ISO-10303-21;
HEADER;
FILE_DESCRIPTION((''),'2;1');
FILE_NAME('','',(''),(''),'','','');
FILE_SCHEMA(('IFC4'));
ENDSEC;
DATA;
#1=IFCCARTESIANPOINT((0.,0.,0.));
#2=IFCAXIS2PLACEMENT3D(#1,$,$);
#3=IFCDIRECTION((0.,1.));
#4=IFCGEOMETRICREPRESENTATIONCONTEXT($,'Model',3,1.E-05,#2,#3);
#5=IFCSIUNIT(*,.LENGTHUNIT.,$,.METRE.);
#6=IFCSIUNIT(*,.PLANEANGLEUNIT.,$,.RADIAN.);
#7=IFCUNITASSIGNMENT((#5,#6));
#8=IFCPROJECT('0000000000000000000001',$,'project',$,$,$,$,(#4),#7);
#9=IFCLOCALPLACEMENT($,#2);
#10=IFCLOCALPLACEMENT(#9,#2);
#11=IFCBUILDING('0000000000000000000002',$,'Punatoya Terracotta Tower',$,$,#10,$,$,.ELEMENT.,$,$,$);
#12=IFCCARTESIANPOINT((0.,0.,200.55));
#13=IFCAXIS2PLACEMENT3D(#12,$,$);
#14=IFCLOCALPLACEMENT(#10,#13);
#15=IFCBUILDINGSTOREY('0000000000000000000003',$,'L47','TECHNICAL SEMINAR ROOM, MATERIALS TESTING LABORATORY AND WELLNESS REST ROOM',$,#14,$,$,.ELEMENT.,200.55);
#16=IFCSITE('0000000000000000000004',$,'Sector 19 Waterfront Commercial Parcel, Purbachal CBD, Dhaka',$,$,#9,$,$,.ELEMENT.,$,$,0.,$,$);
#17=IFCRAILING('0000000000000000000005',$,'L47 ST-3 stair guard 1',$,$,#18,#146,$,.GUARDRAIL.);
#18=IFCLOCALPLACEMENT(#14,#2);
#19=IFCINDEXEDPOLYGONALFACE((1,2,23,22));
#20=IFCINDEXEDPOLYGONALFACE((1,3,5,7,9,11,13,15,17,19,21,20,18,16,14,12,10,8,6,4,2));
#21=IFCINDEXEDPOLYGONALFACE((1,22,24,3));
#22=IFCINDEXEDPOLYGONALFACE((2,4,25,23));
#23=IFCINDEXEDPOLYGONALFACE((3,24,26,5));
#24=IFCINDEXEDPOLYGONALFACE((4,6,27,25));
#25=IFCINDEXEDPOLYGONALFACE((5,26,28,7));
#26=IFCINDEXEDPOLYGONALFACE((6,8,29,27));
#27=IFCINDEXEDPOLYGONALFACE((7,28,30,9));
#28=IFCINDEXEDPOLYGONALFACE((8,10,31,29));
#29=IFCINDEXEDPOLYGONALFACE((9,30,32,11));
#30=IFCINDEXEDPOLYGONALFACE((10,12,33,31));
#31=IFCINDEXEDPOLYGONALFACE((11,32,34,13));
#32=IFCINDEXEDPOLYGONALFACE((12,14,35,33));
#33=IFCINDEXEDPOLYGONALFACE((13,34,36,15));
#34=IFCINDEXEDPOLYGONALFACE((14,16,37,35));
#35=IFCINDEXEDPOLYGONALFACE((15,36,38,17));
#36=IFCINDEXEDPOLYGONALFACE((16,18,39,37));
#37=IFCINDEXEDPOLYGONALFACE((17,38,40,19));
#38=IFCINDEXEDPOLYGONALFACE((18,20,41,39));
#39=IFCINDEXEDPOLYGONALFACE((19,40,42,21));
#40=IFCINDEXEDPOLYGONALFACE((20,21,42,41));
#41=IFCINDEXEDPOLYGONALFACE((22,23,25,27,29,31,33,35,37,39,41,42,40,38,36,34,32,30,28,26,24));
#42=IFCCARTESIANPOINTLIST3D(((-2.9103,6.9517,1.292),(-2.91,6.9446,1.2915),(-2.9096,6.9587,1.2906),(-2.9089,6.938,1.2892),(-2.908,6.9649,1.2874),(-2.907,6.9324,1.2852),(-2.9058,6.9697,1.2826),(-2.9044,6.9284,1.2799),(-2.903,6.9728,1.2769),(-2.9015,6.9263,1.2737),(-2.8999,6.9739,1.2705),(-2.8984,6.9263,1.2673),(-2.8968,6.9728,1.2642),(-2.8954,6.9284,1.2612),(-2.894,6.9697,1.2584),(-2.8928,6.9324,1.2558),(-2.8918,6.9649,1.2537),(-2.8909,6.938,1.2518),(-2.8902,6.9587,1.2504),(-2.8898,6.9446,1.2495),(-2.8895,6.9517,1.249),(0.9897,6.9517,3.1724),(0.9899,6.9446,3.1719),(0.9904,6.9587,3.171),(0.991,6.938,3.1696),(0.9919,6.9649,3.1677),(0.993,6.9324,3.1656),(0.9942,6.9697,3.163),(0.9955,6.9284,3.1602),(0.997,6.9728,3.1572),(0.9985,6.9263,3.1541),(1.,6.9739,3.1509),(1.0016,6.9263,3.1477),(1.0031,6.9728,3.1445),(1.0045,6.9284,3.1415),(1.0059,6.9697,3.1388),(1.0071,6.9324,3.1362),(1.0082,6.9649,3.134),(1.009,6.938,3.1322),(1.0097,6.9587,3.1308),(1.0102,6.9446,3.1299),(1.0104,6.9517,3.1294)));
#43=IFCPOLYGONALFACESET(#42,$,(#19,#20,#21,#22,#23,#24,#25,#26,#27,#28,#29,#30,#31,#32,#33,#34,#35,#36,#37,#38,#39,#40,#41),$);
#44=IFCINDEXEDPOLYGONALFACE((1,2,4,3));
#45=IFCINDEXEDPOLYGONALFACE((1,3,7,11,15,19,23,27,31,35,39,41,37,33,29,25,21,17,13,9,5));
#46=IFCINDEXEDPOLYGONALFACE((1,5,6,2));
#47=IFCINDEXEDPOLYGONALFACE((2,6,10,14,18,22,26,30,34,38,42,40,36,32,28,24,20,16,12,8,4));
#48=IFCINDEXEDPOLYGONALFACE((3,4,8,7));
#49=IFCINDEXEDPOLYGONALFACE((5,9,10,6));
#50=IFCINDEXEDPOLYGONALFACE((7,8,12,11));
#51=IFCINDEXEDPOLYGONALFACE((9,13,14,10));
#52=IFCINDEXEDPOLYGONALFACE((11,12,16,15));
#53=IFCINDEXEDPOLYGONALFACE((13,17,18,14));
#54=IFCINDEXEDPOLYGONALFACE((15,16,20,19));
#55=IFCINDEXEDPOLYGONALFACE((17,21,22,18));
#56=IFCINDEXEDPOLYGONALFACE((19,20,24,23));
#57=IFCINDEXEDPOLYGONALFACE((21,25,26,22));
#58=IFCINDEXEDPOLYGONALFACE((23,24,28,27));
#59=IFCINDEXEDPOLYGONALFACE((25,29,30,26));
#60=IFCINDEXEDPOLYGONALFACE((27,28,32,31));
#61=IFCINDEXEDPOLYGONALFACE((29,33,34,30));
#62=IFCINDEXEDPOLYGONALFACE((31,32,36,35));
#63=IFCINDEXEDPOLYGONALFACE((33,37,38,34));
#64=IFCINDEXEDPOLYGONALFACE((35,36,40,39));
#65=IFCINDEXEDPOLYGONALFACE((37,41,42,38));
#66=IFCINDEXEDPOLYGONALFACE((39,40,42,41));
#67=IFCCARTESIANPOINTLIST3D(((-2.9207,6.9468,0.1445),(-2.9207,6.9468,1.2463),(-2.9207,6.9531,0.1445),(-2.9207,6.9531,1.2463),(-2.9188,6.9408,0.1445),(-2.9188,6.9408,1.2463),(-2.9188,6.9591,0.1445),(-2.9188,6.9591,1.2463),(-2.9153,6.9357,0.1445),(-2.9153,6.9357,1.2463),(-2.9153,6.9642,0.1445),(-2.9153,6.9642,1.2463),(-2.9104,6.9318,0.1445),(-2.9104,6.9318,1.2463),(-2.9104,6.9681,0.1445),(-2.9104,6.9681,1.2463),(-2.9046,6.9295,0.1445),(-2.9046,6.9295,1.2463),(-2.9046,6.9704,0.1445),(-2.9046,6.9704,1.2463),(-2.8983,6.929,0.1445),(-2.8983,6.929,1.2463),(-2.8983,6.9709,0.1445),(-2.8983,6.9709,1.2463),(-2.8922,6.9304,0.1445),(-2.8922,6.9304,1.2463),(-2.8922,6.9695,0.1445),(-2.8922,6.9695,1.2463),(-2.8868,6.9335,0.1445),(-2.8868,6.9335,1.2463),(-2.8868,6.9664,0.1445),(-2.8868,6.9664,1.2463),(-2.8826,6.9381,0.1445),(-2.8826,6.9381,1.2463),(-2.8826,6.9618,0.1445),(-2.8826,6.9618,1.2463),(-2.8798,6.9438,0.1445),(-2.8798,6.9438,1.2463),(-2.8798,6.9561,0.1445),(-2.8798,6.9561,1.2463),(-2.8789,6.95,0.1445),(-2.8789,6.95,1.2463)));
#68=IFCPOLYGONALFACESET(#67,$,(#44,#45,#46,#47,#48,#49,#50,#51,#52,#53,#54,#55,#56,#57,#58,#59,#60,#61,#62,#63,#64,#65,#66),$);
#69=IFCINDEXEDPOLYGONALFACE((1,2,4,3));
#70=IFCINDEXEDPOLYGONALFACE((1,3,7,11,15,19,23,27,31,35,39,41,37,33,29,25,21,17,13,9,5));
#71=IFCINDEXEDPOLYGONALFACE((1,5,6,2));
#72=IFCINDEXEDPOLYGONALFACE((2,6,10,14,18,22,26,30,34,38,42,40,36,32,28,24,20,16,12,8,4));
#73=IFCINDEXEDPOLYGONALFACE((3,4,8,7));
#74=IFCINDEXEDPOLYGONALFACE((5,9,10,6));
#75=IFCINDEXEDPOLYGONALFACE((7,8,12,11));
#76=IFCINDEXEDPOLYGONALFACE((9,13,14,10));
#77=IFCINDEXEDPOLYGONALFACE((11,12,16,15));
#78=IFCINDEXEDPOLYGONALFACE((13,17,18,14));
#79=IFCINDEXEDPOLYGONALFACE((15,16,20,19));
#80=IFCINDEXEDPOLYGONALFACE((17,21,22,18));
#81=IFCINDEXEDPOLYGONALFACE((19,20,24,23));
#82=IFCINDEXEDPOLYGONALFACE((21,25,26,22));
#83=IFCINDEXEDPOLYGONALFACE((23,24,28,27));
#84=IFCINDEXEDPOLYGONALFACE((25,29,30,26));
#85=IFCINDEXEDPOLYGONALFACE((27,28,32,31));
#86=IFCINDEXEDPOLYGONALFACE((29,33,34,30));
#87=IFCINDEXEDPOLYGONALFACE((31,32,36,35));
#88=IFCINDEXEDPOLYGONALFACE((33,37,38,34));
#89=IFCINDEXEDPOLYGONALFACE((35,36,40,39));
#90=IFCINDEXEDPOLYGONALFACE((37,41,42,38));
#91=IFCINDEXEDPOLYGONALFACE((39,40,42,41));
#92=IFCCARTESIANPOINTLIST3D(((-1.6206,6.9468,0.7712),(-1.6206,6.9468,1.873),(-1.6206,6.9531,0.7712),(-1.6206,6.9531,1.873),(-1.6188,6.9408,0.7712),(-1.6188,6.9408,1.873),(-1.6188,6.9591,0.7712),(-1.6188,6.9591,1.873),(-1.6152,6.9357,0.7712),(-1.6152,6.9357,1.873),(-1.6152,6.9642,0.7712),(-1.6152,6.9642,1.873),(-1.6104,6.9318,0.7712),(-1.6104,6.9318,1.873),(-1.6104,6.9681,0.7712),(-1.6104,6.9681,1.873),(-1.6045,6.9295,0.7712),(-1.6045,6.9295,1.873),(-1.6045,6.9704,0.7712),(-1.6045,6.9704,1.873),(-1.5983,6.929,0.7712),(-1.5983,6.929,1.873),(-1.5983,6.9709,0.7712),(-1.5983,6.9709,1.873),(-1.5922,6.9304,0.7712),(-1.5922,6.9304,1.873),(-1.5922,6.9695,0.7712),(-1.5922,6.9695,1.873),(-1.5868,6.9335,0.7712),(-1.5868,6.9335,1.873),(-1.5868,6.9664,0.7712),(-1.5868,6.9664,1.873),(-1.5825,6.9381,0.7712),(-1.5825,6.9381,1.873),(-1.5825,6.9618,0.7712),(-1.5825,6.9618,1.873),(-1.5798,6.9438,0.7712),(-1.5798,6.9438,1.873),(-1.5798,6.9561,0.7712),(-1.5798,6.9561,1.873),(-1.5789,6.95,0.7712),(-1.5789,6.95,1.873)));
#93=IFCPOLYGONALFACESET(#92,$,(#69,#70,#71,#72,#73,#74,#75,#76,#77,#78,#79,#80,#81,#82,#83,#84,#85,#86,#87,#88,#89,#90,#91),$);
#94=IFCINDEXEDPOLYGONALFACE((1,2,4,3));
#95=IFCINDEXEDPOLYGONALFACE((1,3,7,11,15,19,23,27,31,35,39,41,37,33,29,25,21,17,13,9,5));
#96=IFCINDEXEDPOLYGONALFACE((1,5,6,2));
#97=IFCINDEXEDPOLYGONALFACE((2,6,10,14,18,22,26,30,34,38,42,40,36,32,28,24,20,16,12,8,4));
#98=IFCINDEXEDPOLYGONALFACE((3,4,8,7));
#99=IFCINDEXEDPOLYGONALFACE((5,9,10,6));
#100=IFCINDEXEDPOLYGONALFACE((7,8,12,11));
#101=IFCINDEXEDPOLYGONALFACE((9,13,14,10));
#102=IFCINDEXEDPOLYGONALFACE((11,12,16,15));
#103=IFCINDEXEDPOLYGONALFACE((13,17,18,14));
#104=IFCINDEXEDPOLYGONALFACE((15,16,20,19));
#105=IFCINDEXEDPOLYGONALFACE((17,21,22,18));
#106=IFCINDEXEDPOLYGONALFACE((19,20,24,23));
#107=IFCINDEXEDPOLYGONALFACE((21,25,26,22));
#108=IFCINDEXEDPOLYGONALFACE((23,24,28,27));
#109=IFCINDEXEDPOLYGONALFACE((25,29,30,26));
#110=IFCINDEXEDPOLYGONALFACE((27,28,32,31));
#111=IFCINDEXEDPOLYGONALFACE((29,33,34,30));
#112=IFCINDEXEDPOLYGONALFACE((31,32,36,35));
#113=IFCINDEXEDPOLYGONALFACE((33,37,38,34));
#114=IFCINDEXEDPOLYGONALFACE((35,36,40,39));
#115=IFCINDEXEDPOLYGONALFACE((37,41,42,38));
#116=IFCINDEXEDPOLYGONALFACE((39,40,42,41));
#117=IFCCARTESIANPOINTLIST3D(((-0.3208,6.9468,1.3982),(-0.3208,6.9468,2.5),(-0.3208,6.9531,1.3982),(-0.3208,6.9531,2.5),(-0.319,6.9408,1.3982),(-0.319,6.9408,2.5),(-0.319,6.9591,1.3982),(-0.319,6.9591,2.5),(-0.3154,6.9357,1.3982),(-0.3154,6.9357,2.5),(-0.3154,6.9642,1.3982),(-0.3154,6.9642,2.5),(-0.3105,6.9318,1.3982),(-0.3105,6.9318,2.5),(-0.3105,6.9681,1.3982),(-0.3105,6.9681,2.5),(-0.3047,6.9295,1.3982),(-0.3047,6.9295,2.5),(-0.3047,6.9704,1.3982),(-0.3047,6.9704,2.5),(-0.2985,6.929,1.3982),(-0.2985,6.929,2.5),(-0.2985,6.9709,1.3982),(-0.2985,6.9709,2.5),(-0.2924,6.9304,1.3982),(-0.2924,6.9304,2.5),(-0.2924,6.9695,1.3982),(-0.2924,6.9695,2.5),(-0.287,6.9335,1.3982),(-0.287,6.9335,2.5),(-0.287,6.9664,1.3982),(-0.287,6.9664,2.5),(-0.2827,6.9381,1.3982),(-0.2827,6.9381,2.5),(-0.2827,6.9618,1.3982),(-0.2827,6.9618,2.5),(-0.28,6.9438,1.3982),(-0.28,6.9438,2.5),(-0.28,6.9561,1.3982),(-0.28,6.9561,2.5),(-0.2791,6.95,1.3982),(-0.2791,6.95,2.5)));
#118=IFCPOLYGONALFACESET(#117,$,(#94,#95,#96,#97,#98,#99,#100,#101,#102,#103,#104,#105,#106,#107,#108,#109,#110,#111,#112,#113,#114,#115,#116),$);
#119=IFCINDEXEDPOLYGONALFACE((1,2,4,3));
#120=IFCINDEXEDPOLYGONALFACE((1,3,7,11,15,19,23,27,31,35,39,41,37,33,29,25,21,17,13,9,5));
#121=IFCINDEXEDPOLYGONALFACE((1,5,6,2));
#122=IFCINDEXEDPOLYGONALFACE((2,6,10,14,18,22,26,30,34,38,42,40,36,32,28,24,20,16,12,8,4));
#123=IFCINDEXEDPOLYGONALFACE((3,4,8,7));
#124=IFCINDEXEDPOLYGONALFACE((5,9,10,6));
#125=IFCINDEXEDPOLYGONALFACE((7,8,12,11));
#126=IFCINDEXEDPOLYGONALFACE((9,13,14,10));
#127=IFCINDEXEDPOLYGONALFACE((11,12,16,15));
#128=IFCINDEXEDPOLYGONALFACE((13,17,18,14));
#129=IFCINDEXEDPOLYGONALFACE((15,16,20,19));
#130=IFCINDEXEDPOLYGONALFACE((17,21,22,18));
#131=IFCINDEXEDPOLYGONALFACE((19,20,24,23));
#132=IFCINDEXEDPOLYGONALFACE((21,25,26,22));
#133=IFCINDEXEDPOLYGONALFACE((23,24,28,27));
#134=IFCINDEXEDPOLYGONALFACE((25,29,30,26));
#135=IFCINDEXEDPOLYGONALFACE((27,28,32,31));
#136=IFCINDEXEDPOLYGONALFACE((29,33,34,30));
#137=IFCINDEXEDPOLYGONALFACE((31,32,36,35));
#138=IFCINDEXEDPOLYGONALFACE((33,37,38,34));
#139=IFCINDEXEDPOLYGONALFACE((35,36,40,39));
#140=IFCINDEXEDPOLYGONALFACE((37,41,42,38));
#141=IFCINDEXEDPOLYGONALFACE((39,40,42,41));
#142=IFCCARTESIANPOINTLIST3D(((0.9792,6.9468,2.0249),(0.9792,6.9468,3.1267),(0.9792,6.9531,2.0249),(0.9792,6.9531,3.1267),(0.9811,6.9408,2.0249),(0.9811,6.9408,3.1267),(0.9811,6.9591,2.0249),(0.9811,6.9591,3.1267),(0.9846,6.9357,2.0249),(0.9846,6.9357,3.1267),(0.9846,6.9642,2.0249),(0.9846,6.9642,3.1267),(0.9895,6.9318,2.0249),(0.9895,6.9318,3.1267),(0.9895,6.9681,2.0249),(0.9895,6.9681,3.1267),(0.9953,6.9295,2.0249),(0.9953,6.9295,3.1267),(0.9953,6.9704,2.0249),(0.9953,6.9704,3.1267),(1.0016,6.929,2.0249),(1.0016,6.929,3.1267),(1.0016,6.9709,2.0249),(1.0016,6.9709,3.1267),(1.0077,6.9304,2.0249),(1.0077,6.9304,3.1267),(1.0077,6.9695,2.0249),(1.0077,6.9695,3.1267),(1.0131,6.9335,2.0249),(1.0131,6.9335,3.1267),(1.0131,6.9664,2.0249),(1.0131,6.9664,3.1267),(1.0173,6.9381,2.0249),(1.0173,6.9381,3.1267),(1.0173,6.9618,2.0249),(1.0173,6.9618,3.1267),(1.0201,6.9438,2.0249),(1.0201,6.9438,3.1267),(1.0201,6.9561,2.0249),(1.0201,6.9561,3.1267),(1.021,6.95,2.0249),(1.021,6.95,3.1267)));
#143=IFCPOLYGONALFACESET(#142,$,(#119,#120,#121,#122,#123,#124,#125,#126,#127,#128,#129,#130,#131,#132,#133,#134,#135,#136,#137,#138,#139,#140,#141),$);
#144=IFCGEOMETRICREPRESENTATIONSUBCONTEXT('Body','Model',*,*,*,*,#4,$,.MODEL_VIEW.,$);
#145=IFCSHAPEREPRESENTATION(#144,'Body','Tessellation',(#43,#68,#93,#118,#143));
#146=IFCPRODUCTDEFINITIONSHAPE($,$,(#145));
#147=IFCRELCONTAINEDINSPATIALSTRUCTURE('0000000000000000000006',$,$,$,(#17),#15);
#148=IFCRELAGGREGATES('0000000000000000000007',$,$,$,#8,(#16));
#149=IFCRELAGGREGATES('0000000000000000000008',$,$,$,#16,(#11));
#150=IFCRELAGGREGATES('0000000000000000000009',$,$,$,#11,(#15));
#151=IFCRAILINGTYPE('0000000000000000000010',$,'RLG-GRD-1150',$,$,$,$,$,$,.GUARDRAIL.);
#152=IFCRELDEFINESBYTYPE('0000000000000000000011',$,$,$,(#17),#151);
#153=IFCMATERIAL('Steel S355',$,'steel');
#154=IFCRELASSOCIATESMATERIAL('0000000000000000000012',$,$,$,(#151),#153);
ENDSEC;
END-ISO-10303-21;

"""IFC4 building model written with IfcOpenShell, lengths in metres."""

from ifc_helpers import new_model, si_unit, direction, frame, origin, origin_2d, place, context, subcontext, project, spatial, circle, extrude, material, type_object, element, save


model = new_model("IFC4")

# Units and contexts
model_context = context("Model", 3, precision=1e-05, world=origin(), true_north=direction((0.0, 1.0)))
body_context = subcontext(model_context, "Body", "Model", "MODEL_VIEW")
ifc_project = project(units=[si_unit("LENGTHUNIT", "METRE"), si_unit("PLANEANGLEUNIT", "RADIAN")], contexts=[model_context])

# Site, building, storey
site_placement = place(None, origin())
site = spatial("IfcSite", under=ifc_project, at=site_placement, Name="Sector 19 Waterfront Commercial Parcel, Purbachal CBD, Dhaka", CompositionType="ELEMENT", RefElevation=0.0)
building_placement = place(site_placement, origin())
building = spatial("IfcBuilding", under=site, at=building_placement, Name="Punatoya Terracotta Tower", CompositionType="ELEMENT")
storey_placement = place(building_placement, frame((0.0, 0.0, 200.55)))
storey = spatial("IfcBuildingStorey", under=building, at=storey_placement, Name="L47", Description="TECHNICAL SEMINAR ROOM, MATERIALS TESTING LABORATORY AND WELLNESS REST ROOM", CompositionType="ELEMENT", Elevation=200.55)

# Shared definitions
ifc_material_1 = material(Name="Steel S355", Category="steel")

# Railing
railing_type_1 = type_object("IfcRailingType", Name="RLG-GRD-1150", PredefinedType="GUARDRAIL", material=ifc_material_1)
railing_1_placement = place(storey_placement, frame((-2.8999, 6.95, 0.1445)))
element("IfcRailing", 1, at=railing_1_placement, inside=storey, type_object=railing_type_1, Name="L47 ST-3 stair guard 1", PredefinedType="GUARDRAIL", context=body_context, shape_type="SweptSolid", body=[
    extrude(circle(Radius=0.0239, at=origin_2d()), frame((0.0, 0.0, 1.126), z_axis=(0.900763, 0.0, 0.434311), x_axis=(0.0, 1.0, 0.0)), (0.0, 0.0, 1.0), 4.3296),
    extrude(circle(Radius=0.021, at=origin_2d()), origin(), (0.0, 0.0, 1.0), 1.1018),
    extrude(circle(Radius=0.021, at=origin_2d()), frame((1.3, 0.0, 0.6267)), (0.0, 0.0, 1.0), 1.1018),
    extrude(circle(Radius=0.021, at=origin_2d()), frame((2.5999, 0.0, 1.2537)), (0.0, 0.0, 1.0), 1.1018),
    extrude(circle(Radius=0.021, at=origin_2d()), frame((3.8999, 0.0, 1.8804)), (0.0, 0.0, 1.0), 1.1018),
])

save(model, "model.ifc")
